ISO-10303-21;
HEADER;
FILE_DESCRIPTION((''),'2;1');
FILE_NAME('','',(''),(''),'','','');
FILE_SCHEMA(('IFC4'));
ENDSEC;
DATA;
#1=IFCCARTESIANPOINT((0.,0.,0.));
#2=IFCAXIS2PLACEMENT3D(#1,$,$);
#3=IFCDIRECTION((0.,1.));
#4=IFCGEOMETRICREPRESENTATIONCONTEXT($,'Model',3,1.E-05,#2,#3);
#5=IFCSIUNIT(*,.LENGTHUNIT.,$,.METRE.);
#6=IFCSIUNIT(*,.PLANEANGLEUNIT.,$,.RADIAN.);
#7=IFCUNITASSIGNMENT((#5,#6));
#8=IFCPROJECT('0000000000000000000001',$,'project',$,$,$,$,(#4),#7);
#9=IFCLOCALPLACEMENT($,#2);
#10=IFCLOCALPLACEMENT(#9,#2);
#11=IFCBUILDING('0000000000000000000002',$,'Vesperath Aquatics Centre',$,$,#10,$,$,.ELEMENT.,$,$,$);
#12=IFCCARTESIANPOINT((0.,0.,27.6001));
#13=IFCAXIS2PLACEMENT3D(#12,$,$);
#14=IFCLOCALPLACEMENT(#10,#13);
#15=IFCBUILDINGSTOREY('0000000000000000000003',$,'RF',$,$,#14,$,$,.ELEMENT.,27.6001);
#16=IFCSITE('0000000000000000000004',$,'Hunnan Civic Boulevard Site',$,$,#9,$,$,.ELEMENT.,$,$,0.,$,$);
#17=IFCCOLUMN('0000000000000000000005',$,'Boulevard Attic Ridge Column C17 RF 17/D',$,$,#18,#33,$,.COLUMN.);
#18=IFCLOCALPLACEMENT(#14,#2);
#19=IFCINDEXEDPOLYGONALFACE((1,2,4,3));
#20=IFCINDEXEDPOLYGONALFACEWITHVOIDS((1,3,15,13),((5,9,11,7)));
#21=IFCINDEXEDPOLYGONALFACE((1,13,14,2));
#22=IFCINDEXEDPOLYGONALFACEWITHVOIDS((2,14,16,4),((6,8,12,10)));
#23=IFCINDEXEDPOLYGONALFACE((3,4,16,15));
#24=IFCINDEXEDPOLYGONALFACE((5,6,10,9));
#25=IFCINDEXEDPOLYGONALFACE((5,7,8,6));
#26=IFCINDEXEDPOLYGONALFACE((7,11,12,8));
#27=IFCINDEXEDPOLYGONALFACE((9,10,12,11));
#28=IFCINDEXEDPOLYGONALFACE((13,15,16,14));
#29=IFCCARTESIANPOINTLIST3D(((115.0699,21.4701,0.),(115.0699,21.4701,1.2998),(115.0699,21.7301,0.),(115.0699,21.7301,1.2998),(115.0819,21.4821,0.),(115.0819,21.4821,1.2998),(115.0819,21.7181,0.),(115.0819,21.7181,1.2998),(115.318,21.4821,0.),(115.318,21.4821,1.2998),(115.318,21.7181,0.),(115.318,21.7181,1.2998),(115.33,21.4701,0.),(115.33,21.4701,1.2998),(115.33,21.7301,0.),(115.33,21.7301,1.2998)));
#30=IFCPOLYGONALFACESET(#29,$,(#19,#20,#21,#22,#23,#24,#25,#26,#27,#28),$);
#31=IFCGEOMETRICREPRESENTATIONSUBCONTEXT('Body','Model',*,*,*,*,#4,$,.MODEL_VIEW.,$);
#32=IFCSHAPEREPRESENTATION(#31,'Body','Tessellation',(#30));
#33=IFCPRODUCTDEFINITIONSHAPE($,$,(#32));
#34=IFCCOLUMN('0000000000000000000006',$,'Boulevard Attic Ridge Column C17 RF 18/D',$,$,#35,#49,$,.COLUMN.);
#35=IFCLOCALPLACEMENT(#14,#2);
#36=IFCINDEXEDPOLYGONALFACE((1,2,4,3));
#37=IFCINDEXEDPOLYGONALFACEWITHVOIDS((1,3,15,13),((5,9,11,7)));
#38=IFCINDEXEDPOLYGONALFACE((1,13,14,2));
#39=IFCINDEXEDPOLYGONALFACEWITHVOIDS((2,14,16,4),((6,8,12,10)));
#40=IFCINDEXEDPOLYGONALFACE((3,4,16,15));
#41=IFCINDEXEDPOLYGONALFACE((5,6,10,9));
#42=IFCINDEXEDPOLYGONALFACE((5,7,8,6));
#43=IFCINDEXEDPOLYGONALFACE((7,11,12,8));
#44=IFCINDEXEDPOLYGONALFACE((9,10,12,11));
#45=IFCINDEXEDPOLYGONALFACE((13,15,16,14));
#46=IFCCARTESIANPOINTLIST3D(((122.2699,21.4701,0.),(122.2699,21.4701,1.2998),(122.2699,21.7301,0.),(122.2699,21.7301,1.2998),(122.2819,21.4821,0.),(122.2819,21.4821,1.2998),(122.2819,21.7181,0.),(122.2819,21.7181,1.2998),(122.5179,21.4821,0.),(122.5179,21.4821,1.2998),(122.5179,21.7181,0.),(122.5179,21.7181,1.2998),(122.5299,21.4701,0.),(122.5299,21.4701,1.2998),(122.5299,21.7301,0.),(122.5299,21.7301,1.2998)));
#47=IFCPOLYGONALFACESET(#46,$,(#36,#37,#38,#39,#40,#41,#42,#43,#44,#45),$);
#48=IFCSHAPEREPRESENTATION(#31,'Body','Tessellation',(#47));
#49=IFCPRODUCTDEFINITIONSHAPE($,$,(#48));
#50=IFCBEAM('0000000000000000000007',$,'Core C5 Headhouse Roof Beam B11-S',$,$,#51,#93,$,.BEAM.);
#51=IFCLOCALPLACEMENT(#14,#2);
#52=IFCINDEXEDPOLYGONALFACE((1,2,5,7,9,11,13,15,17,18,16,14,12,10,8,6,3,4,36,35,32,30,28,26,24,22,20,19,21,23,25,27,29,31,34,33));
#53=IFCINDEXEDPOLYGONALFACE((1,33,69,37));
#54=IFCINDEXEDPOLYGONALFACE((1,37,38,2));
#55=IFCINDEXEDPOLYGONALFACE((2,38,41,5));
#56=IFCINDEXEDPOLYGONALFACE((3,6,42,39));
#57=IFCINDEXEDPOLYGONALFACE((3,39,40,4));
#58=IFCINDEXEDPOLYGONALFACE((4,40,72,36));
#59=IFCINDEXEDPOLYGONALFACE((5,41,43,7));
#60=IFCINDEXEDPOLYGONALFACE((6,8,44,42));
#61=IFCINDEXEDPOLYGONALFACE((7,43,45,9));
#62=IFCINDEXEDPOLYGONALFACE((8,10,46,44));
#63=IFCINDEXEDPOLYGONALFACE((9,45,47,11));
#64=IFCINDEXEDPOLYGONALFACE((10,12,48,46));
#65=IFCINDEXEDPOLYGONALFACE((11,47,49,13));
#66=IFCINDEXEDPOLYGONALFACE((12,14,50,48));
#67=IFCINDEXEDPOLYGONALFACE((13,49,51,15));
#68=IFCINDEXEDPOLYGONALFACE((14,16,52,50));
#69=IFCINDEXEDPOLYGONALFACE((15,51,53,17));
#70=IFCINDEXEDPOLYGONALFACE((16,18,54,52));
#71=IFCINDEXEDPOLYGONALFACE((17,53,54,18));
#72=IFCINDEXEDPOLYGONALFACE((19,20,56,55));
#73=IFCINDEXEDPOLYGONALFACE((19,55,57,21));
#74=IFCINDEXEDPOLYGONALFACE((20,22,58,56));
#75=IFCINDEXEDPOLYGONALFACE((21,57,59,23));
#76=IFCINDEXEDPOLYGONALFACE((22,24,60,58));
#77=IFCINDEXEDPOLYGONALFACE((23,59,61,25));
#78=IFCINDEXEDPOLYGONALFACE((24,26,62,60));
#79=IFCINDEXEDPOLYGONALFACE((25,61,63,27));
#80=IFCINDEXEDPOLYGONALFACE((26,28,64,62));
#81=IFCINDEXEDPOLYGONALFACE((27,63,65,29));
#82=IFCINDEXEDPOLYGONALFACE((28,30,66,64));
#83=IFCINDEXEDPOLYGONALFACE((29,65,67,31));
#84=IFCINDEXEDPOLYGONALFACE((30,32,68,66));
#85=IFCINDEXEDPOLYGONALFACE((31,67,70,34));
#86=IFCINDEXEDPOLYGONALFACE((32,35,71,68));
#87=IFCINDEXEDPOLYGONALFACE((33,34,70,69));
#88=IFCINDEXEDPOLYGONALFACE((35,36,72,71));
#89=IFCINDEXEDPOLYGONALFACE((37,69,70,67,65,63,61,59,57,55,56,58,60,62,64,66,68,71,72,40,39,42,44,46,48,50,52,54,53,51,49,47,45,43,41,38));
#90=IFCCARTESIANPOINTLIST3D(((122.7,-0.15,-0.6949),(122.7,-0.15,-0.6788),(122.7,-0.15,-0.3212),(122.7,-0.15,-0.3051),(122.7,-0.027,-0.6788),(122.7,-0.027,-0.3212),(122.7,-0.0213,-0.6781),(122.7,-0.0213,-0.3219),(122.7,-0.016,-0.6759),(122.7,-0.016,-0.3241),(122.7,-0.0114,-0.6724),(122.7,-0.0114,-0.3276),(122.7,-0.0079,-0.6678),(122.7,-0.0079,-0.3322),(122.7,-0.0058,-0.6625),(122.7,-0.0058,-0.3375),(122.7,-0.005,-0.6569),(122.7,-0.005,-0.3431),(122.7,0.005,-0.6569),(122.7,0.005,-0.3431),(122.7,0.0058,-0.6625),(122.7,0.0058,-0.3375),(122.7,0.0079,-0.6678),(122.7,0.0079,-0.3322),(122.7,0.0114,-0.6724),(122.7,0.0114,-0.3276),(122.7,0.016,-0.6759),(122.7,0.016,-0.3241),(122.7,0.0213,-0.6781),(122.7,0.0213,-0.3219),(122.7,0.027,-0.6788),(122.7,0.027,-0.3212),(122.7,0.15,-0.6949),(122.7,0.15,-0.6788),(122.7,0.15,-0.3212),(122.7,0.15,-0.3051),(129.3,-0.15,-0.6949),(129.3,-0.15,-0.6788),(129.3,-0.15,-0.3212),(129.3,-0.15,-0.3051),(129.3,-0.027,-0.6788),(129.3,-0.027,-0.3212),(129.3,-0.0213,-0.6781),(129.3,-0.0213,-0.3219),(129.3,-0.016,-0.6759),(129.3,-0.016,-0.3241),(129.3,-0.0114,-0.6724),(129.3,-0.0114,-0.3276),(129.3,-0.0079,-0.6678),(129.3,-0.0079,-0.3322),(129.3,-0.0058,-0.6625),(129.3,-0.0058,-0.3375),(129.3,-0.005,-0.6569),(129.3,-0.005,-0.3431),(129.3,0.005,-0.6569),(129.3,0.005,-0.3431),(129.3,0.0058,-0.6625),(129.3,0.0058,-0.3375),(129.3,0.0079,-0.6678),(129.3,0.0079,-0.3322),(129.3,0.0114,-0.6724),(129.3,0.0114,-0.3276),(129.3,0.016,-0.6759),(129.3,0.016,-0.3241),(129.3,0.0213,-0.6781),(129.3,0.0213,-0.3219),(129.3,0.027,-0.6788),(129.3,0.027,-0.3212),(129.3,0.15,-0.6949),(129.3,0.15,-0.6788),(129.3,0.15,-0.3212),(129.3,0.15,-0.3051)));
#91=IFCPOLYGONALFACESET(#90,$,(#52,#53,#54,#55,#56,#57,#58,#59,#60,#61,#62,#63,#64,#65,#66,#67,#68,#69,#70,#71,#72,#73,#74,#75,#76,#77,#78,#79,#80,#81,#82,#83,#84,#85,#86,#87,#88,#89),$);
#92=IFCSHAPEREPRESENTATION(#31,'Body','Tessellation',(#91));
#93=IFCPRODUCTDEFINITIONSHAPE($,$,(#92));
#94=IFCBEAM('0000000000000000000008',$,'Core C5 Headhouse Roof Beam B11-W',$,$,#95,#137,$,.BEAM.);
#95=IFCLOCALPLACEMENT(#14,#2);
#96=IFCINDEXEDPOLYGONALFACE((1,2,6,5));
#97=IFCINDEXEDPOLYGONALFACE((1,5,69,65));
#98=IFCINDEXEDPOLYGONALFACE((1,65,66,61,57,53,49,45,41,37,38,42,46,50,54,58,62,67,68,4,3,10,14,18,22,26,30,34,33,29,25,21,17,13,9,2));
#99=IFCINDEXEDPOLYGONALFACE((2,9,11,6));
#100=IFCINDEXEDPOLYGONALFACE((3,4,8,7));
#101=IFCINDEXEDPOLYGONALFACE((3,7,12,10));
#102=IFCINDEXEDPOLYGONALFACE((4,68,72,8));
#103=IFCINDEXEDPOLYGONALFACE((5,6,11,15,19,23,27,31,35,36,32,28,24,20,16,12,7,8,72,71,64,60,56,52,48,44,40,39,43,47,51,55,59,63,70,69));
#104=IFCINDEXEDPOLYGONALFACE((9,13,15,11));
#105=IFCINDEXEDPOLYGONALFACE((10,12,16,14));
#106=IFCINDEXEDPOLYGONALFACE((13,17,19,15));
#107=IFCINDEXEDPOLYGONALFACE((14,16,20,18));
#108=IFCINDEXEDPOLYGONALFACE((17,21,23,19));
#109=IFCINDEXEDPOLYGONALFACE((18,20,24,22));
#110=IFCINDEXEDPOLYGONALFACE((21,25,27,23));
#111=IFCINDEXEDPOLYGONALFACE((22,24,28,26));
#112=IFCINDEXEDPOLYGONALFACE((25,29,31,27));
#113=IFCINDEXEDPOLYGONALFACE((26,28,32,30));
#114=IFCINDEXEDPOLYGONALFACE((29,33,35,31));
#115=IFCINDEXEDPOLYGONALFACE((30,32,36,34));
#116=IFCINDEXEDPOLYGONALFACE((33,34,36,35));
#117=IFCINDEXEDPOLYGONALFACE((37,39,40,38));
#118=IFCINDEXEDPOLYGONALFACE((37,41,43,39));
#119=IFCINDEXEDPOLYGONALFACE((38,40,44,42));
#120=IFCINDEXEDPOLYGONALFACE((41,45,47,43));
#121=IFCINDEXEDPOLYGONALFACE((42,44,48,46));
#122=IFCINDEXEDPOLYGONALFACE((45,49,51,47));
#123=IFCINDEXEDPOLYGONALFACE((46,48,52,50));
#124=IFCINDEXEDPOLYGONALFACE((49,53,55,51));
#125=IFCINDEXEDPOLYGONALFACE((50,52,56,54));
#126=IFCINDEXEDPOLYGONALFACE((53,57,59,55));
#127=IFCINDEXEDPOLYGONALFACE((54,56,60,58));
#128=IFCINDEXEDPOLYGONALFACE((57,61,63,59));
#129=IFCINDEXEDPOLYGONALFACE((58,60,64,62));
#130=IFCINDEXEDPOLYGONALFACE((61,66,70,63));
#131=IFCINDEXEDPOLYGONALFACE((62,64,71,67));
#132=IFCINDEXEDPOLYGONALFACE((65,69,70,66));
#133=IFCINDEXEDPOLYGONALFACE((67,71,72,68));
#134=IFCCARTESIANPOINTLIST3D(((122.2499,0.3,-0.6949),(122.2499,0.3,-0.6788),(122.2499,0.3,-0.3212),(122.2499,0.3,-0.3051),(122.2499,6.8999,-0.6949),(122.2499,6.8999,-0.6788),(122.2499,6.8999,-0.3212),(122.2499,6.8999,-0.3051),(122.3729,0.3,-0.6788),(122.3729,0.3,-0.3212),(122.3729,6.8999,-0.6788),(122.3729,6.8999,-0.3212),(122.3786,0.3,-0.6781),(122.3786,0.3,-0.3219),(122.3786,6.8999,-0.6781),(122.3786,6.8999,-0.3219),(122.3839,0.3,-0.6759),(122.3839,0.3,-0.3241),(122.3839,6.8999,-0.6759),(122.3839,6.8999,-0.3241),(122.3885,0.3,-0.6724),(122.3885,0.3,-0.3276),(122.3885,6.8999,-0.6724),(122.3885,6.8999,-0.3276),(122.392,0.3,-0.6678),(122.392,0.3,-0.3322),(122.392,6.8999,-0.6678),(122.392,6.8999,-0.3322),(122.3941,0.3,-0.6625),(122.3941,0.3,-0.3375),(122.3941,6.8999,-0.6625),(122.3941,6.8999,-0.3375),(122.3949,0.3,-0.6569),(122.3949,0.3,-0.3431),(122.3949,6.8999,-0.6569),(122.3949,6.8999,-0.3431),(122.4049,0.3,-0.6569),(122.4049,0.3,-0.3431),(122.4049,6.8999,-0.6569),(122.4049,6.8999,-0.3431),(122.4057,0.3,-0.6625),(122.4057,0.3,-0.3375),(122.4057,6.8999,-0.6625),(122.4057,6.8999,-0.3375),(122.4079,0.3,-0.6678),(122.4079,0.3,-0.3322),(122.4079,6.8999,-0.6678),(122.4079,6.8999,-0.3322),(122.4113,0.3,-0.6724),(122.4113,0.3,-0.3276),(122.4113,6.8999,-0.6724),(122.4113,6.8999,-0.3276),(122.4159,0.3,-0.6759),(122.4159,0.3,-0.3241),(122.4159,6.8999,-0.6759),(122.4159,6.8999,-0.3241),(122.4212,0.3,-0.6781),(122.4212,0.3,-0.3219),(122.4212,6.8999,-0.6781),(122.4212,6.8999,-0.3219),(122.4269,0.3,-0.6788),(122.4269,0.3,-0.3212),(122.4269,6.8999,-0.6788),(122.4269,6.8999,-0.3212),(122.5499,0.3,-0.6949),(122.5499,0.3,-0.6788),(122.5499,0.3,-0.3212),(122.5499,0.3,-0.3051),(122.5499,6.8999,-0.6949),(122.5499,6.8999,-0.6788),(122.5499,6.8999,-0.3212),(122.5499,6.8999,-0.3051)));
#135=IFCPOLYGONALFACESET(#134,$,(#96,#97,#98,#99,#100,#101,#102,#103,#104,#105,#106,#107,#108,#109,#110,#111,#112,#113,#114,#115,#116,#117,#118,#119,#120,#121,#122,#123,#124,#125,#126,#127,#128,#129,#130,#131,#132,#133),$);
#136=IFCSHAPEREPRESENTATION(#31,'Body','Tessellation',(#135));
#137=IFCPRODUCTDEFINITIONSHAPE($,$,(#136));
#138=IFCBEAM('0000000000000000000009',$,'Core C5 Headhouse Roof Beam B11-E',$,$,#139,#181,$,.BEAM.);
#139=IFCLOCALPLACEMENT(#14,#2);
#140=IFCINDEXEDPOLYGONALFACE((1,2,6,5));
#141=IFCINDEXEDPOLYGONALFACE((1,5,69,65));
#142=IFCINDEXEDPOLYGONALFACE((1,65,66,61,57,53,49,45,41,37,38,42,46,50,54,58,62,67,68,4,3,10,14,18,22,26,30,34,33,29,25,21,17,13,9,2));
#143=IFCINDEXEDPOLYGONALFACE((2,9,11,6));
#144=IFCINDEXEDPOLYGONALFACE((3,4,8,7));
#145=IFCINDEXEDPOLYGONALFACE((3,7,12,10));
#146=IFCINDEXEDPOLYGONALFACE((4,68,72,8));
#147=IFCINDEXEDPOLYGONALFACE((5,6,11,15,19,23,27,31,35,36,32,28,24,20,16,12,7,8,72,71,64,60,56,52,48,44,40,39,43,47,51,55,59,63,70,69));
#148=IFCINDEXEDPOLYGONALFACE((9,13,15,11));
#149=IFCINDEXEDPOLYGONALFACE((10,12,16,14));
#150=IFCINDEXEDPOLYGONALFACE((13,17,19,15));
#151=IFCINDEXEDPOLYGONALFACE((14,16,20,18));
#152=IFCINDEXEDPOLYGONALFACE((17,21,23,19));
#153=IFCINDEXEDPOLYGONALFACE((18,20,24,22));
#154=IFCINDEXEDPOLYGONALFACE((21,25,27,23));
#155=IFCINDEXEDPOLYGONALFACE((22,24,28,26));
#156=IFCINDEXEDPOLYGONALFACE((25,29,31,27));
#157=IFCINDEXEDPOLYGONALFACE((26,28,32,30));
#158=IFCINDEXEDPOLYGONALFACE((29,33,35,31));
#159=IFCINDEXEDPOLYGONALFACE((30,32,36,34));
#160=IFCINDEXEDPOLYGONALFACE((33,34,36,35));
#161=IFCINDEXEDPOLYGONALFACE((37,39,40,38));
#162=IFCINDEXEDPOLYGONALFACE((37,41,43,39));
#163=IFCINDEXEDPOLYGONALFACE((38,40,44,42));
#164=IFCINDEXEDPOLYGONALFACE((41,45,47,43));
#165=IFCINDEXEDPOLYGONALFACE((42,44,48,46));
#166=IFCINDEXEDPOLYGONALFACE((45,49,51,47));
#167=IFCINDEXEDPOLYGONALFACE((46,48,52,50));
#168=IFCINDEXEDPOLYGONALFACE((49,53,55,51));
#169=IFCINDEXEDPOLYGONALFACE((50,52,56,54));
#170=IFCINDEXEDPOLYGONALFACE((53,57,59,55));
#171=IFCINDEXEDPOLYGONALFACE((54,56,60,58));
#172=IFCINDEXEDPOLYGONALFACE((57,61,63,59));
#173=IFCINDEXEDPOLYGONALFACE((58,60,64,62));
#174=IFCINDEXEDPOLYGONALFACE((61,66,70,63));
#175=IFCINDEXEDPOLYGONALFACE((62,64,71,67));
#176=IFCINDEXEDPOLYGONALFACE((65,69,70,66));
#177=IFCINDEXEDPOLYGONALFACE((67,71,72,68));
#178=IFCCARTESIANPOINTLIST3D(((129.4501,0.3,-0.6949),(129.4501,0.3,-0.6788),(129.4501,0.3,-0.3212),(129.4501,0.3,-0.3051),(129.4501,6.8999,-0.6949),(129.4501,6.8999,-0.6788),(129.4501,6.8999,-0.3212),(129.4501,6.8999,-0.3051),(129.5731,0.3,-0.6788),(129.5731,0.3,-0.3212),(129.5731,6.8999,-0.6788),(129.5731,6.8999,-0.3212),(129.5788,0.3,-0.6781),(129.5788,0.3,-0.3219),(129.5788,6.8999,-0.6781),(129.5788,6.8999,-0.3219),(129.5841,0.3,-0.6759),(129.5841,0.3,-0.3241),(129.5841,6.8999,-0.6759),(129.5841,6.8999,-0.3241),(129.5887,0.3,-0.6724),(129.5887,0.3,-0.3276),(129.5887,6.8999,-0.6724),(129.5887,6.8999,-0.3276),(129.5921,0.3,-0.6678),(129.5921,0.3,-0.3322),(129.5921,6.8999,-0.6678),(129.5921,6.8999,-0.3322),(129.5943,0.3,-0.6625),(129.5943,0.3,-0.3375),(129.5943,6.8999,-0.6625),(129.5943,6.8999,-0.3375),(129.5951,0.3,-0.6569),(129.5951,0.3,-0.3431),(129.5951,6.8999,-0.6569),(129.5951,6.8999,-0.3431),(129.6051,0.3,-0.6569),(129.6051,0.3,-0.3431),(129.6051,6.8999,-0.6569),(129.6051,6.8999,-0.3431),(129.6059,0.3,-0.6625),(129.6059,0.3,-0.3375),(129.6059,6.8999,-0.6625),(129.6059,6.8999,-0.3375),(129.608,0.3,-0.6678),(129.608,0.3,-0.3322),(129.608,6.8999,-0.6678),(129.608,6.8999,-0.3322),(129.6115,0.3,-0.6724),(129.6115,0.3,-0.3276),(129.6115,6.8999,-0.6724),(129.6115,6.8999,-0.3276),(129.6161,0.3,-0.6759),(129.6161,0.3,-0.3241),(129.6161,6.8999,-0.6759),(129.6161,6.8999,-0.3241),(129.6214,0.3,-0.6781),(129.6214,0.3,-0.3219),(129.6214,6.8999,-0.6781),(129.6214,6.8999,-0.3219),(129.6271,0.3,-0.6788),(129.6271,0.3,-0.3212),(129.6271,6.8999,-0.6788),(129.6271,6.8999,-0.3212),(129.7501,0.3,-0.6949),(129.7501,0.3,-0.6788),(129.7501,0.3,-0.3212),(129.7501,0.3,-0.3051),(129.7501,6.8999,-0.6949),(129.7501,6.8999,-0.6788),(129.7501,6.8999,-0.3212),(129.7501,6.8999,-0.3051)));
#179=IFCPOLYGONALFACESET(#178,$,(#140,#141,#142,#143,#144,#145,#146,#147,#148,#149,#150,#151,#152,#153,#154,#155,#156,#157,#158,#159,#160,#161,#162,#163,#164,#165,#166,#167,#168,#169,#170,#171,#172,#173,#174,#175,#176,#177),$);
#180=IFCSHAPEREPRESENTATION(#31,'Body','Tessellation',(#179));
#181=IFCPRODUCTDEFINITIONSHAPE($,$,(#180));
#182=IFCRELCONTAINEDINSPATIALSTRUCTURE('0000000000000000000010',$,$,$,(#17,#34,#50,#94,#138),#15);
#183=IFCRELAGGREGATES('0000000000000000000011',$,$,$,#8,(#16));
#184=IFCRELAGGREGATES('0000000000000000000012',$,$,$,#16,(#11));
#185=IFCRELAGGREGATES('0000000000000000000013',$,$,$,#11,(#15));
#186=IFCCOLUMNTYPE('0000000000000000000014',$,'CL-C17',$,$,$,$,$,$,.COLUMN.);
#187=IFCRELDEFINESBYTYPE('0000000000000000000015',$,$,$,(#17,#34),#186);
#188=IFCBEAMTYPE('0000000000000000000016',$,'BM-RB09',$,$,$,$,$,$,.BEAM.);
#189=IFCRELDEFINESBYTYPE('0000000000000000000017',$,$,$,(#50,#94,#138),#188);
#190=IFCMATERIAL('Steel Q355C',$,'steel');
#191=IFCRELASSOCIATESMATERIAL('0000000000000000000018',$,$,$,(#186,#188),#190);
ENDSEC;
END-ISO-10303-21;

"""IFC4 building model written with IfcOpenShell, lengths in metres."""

from ifc_helpers import new_model, si_unit, direction, frame, origin, origin_2d, place, context, subcontext, project, spatial, hollow_rectangle, i_section, extrude, material, material_profile, profile_set, type_object, element, save


model = new_model("IFC4")

# Units and contexts
model_context = context("Model", 3, precision=1e-05, world=origin(), true_north=direction((0.0, 1.0)))
body_context = subcontext(model_context, "Body", "Model", "MODEL_VIEW")
ifc_project = project(units=[si_unit("LENGTHUNIT", "METRE"), si_unit("PLANEANGLEUNIT", "RADIAN")], contexts=[model_context])

# Site, building, storey
site_placement = place(None, origin())
site = spatial("IfcSite", under=ifc_project, at=site_placement, Name="Hunnan Civic Boulevard Site", CompositionType="ELEMENT", RefElevation=0.0)
building_placement = place(site_placement, origin())
building = spatial("IfcBuilding", under=site, at=building_placement, Name="Vesperath Aquatics Centre", CompositionType="ELEMENT")
storey_placement = place(building_placement, frame((0.0, 0.0, 27.6001)))
storey = spatial("IfcBuildingStorey", under=building, at=storey_placement, Name="RF", CompositionType="ELEMENT", Elevation=27.6001)

# Columns
ifc_material_1 = material(Name="Steel Q355C", Category="steel")
ifc_material_profile_1 = material_profile(ifc_material_1, hollow_rectangle(XDim=0.26, YDim=0.26, WallThickness=0.012, at=origin_2d()), Name="SHS 260x260x12")
ifc_profile_set_1 = profile_set([ifc_material_profile_1], Name="Steel Q355C")
column_type = type_object("IfcColumnType", Name="CL-C17", PredefinedType="COLUMN", material=ifc_profile_set_1)
for number, where, z_axis, x_axis, name in (
    (1, (115.2, 21.6001, 0.0), (0.0, 0.0, 1.0), (1.0, 0.0, 0.0), "Boulevard Attic Ridge Column C17 RF 17/D"),
    (2, (122.3999, 21.6001, 0.0), (0.0, 0.0, 1.0), (1.0, 0.0, 0.0), "Boulevard Attic Ridge Column C17 RF 18/D"),
):
    element("IfcColumn", number, at=place(storey_placement, frame(where, z_axis=z_axis, x_axis=x_axis)), inside=storey, type_object=column_type, Name=name, PredefinedType="COLUMN", context=body_context, shape_type="SweptSolid", body=[
        extrude(hollow_rectangle(XDim=0.26, YDim=0.26, WallThickness=0.012, at=origin_2d()), origin(), (0.0, 0.0, 1.0), 1.2998),
    ])

# Beams
ifc_material_profile_2 = material_profile(ifc_material_1, i_section(OverallWidth=0.3, OverallDepth=0.3899, WebThickness=0.01, FlangeThickness=0.0161, FilletRadius=0.022, at=origin_2d()), Name="HM 390x300x10x16")
ifc_profile_set_2 = profile_set([ifc_material_profile_2], Name="Steel Q355C")
beam_type_1 = type_object("IfcBeamType", Name="BM-RB09", PredefinedType="BEAM", material=ifc_profile_set_2)
beam_1_placement = place(storey_placement, frame((122.7, 0.0, -0.5), z_axis=(1.0, 0.0, 0.0), x_axis=(0.0, 1.0, 0.0)))
element("IfcBeam", 3, at=beam_1_placement, inside=storey, type_object=beam_type_1, Name="Core C5 Headhouse Roof Beam B11-S", PredefinedType="BEAM", context=body_context, shape_type="SweptSolid", body=[
    extrude(i_section(OverallWidth=0.3, OverallDepth=0.3899, WebThickness=0.01, FlangeThickness=0.0161, FilletRadius=0.022, at=origin_2d()), origin(), (0.0, 0.0, 1.0), 6.6001),
])
for number, where, z_axis, x_axis, name in (
    (4, (122.3999, 0.3, -0.5), (0.0, 1.0, 0.0), (-1.0, 0.0, 0.0), "Core C5 Headhouse Roof Beam B11-W"),
    (5, (129.6001, 0.3, -0.5), (0.0, 1.0, 0.0), (-1.0, 0.0, 0.0), "Core C5 Headhouse Roof Beam B11-E"),
):
    element("IfcBeam", number, at=place(storey_placement, frame(where, z_axis=z_axis, x_axis=x_axis)), inside=storey, type_object=beam_type_1, Name=name, PredefinedType="BEAM", context=body_context, shape_type="SweptSolid", body=[
        extrude(i_section(OverallWidth=0.3, OverallDepth=0.3899, WebThickness=0.01, FlangeThickness=0.0161, FilletRadius=0.022, at=origin_2d()), origin(), (0.0, 0.0, 1.0), 6.5999),
    ])

save(model, "model.ifc")
